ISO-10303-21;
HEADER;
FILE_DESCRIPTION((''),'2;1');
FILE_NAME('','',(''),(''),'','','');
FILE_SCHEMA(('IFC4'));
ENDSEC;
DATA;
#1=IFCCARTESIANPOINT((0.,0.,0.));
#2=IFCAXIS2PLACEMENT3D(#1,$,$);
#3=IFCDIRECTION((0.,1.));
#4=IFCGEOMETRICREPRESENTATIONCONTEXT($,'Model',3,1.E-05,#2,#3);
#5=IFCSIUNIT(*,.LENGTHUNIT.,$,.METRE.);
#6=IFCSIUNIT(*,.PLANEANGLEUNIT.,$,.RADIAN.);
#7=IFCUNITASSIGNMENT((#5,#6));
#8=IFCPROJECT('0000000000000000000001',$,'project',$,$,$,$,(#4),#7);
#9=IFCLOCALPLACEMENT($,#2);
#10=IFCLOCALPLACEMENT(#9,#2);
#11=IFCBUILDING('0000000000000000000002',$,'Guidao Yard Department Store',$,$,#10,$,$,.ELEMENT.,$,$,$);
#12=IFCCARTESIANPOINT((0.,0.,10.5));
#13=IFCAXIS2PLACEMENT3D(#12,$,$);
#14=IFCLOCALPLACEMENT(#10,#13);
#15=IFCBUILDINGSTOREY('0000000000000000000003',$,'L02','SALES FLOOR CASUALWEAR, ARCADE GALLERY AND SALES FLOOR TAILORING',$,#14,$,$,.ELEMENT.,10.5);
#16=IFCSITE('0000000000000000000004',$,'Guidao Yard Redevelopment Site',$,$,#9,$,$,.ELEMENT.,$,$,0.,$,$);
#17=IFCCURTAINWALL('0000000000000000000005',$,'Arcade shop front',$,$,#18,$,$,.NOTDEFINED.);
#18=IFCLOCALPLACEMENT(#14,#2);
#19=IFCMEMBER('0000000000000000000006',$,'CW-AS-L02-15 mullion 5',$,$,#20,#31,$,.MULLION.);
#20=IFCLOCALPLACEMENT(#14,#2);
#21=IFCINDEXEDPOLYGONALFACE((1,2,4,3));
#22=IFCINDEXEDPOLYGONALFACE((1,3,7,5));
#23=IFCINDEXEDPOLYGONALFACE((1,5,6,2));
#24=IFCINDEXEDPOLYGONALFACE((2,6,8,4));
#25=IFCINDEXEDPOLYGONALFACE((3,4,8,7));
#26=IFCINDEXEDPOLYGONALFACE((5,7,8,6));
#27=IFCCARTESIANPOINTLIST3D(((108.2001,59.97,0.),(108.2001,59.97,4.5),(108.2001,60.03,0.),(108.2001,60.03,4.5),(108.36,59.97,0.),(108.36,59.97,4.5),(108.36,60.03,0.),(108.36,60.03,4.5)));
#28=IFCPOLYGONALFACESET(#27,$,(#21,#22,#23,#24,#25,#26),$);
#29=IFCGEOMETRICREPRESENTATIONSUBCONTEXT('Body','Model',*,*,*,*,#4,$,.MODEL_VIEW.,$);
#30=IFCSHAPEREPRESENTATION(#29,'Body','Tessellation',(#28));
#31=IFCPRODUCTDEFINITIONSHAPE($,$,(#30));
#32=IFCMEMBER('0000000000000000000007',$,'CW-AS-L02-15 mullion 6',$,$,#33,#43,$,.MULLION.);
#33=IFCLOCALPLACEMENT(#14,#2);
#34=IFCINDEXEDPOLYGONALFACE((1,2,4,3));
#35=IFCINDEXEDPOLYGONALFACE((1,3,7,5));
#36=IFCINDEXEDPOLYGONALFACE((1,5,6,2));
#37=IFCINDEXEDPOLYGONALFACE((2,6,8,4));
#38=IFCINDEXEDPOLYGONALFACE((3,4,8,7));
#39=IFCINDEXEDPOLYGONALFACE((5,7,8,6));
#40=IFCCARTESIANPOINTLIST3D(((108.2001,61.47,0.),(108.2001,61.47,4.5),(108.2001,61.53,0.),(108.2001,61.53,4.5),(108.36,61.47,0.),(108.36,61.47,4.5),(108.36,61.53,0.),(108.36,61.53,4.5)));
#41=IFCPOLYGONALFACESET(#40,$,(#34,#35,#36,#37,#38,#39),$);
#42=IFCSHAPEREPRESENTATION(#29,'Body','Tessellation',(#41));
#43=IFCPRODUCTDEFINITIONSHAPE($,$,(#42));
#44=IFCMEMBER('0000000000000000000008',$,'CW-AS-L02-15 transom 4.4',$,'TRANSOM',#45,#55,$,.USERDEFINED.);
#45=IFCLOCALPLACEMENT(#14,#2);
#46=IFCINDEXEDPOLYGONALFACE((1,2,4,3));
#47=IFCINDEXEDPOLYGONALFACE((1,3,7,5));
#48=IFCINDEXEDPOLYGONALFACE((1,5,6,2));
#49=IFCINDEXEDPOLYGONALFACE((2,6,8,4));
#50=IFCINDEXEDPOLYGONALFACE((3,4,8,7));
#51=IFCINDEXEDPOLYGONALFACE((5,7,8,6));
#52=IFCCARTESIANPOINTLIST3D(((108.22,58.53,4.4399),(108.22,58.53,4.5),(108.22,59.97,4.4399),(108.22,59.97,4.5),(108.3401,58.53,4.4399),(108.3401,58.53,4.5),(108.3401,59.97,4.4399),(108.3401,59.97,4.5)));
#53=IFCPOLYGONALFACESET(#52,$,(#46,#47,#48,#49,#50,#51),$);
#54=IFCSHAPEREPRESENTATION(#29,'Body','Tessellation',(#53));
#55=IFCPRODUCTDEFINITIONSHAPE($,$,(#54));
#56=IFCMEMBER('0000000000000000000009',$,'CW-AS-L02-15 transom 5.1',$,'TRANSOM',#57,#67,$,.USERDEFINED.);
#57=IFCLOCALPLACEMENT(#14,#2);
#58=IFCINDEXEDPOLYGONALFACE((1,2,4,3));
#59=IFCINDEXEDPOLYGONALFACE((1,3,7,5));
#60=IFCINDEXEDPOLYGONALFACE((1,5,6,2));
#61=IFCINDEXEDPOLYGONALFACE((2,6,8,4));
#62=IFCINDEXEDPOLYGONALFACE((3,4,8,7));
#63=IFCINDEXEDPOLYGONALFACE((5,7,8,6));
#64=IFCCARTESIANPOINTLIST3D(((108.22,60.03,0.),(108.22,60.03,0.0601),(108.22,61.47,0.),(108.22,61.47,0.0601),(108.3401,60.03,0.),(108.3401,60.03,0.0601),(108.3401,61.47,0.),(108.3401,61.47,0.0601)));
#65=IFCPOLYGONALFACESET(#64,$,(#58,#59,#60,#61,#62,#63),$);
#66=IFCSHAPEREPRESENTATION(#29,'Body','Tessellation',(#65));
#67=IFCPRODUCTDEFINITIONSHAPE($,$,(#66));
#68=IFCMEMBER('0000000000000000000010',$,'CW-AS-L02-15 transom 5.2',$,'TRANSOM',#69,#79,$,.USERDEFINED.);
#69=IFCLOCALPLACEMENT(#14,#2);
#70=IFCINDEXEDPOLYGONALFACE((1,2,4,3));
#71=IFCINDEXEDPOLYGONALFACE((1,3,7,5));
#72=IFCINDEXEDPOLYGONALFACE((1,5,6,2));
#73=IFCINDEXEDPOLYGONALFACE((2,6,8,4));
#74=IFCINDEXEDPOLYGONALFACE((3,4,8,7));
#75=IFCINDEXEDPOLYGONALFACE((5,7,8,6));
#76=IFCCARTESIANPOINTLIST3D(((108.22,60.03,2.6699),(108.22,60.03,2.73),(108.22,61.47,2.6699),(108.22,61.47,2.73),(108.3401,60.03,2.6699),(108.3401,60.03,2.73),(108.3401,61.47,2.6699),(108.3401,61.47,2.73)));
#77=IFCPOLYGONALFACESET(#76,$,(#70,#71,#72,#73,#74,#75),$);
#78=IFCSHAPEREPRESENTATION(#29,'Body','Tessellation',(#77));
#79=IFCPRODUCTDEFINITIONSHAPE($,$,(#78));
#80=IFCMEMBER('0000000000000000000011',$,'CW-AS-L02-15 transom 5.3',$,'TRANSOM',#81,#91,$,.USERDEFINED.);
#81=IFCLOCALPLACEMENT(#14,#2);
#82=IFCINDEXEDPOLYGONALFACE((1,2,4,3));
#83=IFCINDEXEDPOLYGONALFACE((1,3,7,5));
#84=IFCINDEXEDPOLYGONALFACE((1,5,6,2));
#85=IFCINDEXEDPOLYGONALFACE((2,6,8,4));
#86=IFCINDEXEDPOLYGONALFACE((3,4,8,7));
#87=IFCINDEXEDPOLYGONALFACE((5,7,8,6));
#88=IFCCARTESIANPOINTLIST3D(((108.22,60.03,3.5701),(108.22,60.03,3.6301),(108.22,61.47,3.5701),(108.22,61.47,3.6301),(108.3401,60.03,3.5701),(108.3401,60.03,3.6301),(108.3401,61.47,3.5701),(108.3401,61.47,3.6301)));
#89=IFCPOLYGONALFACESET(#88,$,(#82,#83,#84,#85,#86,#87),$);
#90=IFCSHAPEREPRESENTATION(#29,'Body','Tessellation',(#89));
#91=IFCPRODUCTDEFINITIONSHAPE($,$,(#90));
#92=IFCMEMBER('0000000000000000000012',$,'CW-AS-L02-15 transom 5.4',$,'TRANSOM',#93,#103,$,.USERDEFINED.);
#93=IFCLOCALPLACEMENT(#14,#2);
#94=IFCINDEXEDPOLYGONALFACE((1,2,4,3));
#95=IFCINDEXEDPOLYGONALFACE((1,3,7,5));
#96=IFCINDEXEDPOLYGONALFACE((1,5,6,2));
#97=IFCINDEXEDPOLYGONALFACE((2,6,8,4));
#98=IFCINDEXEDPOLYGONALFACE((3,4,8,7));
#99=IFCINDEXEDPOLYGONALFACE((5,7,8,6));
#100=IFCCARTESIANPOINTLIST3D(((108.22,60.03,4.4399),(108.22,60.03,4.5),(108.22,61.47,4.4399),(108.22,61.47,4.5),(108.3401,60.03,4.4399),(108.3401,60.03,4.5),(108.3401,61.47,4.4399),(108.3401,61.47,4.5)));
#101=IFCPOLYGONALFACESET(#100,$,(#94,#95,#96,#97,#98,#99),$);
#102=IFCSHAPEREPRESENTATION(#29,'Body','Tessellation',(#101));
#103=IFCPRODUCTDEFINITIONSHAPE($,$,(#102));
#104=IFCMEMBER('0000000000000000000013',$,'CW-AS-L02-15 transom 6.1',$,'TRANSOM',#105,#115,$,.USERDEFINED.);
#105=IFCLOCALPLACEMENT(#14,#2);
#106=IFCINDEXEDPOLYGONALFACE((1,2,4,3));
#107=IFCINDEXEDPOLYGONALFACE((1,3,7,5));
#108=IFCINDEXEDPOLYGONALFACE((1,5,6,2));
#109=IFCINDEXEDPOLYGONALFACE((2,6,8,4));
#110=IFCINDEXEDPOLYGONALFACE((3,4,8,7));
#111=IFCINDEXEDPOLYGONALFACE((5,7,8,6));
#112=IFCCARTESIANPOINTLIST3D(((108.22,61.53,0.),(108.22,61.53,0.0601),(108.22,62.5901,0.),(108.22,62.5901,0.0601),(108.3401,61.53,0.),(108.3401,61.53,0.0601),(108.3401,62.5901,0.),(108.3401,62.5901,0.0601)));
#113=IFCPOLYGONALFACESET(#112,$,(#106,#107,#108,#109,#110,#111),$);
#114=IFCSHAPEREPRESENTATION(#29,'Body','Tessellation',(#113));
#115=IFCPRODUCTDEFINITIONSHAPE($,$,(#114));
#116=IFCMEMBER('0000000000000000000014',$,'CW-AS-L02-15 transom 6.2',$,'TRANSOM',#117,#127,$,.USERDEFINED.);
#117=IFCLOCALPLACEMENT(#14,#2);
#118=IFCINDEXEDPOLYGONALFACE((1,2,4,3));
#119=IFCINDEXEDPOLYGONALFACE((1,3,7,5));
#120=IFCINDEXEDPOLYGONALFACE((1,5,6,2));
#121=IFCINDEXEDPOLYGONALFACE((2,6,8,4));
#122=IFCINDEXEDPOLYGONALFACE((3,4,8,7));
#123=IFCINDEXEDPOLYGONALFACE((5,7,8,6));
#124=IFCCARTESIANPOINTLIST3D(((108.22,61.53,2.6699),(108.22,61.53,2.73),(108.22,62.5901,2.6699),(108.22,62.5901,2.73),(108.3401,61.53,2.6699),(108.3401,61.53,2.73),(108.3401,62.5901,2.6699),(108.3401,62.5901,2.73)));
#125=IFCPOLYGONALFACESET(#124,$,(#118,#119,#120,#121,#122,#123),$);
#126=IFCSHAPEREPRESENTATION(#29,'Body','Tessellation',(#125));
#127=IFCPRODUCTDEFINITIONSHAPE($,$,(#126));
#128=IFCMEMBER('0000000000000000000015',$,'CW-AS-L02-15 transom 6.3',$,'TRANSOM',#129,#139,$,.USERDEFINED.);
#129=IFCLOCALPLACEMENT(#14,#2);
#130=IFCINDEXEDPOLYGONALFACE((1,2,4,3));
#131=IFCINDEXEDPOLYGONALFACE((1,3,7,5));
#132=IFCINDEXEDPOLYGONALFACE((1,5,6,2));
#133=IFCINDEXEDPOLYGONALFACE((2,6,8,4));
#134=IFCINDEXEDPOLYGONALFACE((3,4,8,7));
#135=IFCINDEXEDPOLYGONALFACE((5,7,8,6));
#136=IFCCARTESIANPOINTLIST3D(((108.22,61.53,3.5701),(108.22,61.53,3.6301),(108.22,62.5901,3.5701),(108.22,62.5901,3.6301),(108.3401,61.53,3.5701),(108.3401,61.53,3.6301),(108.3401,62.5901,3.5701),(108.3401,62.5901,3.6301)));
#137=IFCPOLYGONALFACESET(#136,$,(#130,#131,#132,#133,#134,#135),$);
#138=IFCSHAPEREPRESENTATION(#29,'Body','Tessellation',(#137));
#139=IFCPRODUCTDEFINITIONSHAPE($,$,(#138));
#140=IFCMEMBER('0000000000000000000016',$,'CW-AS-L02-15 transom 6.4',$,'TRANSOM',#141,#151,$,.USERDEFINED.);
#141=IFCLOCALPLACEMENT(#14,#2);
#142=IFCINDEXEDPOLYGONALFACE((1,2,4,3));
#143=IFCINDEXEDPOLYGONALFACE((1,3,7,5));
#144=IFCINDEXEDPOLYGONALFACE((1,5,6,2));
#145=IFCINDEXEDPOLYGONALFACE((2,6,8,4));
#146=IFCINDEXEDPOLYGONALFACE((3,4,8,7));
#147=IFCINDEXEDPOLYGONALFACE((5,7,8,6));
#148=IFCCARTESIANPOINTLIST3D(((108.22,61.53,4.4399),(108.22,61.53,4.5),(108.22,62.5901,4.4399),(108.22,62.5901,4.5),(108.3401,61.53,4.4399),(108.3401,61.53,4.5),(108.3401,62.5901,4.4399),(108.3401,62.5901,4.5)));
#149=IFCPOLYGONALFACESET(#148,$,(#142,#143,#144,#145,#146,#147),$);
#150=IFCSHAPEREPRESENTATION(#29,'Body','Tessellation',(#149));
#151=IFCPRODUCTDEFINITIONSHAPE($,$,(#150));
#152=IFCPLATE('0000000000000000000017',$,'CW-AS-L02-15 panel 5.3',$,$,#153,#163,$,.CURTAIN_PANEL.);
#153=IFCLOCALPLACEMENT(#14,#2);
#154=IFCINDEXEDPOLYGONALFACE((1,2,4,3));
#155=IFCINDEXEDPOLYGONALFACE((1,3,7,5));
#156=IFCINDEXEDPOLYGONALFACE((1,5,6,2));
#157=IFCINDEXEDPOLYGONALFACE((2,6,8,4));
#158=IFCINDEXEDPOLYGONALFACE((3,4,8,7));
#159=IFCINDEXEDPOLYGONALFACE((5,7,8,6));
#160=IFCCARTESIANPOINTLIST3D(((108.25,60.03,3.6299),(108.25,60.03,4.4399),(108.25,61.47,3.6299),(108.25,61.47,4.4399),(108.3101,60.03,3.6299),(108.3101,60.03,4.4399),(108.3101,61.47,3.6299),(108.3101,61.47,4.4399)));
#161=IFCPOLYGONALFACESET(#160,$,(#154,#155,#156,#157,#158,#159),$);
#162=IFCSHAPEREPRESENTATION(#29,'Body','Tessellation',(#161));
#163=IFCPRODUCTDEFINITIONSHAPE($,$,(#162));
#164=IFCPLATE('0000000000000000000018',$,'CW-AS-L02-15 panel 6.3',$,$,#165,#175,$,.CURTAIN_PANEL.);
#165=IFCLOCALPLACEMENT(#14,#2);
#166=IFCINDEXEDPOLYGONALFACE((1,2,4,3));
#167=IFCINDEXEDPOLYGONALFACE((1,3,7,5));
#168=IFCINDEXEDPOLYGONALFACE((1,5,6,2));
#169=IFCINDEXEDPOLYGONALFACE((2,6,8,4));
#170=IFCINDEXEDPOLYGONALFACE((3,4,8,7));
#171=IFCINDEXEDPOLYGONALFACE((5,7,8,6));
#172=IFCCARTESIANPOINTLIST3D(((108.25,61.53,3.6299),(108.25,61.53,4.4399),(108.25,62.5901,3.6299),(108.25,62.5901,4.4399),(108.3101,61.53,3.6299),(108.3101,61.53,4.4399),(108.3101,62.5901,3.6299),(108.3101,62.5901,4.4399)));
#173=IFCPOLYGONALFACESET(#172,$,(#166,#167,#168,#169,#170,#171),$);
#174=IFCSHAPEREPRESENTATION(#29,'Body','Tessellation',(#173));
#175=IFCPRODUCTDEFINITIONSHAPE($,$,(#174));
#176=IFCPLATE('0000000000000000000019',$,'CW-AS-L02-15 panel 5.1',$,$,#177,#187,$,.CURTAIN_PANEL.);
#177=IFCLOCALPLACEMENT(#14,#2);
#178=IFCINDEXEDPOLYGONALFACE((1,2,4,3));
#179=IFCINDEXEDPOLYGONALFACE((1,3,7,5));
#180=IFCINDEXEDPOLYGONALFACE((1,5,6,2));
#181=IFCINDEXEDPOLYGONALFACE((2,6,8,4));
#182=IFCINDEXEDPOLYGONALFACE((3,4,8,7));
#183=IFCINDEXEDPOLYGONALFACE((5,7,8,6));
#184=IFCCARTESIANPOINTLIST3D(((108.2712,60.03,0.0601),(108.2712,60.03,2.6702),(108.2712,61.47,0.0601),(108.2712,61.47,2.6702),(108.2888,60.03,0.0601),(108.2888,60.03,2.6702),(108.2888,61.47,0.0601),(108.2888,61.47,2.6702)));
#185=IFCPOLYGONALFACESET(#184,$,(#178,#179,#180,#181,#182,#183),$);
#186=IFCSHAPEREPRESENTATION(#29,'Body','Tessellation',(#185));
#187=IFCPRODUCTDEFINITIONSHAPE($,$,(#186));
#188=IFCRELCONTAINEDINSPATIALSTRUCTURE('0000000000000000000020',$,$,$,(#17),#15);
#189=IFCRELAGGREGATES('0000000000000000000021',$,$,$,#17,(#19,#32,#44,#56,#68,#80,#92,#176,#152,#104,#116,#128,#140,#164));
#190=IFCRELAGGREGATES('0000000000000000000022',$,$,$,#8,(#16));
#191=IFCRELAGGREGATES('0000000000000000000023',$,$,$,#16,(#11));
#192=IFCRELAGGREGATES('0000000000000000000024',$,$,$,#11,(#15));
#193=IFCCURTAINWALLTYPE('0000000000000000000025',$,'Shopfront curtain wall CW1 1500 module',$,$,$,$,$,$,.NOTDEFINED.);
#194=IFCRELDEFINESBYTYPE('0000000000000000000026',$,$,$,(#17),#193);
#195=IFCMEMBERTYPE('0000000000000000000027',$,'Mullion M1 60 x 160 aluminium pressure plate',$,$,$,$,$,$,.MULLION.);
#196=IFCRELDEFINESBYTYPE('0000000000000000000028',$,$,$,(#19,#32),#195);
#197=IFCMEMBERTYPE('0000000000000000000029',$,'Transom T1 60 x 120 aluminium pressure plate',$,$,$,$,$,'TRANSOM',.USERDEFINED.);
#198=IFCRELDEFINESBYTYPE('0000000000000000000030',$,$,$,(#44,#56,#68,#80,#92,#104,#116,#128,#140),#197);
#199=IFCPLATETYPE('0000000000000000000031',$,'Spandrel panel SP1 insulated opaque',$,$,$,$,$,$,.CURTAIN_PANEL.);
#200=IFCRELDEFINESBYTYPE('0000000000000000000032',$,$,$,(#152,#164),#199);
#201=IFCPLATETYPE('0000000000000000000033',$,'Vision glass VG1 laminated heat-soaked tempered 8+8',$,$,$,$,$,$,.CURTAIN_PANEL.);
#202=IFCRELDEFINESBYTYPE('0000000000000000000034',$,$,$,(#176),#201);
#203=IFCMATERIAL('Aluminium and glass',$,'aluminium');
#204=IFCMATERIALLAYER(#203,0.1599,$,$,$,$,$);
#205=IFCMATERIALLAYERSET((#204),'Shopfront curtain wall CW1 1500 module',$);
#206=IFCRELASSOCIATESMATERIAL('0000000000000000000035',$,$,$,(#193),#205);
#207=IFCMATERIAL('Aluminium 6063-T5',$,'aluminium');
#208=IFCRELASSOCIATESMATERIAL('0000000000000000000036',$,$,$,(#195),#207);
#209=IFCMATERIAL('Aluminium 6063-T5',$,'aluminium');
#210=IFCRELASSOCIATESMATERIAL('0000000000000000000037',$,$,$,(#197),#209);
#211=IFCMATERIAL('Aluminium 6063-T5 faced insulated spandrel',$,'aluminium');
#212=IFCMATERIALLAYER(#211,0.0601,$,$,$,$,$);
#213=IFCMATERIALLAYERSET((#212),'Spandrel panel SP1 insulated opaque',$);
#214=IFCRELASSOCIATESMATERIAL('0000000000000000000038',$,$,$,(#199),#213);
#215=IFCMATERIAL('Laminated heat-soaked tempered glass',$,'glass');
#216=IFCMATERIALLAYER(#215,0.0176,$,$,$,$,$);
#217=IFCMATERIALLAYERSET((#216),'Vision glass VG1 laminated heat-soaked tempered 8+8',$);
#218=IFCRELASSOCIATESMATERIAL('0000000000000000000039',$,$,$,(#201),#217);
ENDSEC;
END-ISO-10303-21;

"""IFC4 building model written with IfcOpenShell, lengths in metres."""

from ifc_helpers import new_model, si_unit, direction, frame, origin, origin_2d, place, context, subcontext, project, spatial, rectangle, extrude, material, layer, layer_set, material_profile, profile_set, type_object, element, aggregate, save


model = new_model("IFC4")

# Units and contexts
model_context = context("Model", 3, precision=1e-05, world=origin(), true_north=direction((0.0, 1.0)))
body_context = subcontext(model_context, "Body", "Model", "MODEL_VIEW")
ifc_project = project(units=[si_unit("LENGTHUNIT", "METRE"), si_unit("PLANEANGLEUNIT", "RADIAN")], contexts=[model_context])

# Site, building, storey
site_placement = place(None, origin())
site = spatial("IfcSite", under=ifc_project, at=site_placement, Name="Guidao Yard Redevelopment Site", CompositionType="ELEMENT", RefElevation=0.0)
building_placement = place(site_placement, origin())
building = spatial("IfcBuilding", under=site, at=building_placement, Name="Guidao Yard Department Store", CompositionType="ELEMENT")
storey_placement = place(building_placement, frame((0.0, 0.0, 10.5)))
storey = spatial("IfcBuildingStorey", under=building, at=storey_placement, Name="L02", Description="SALES FLOOR CASUALWEAR, ARCADE GALLERY AND SALES FLOOR TAILORING", CompositionType="ELEMENT", Elevation=10.5)

# Curtain wall, members, plates
ifc_material_1 = material(Name="Aluminium and glass", Category="aluminium")
ifc_layer_1 = layer(ifc_material_1, 0.1599)
ifc_layer_set_1 = layer_set([ifc_layer_1], Name="Shopfront curtain wall CW1 1500 module")
curtain_wall_type = type_object("IfcCurtainWallType", Name="Shopfront curtain wall CW1 1500 module", PredefinedType="NOTDEFINED", material=ifc_layer_set_1)
curtain_wall_placement = place(storey_placement, origin())
curtain_wall = element("IfcCurtainWall", 1, at=curtain_wall_placement, inside=storey, type_object=curtain_wall_type, Name="Arcade shop front", PredefinedType="NOTDEFINED")
ifc_material_2 = material(Name="Aluminium 6063-T5", Category="aluminium")
ifc_material_profile_1 = material_profile(ifc_material_2, rectangle(XDim=0.0601, YDim=0.1599, at=origin_2d()), Name="Mullion M1 60 x 160 aluminium pressure plate")
ifc_profile_set_1 = profile_set([ifc_material_profile_1], Name="Aluminium 6063-T5")
member_type_1 = type_object("IfcMemberType", Name="Mullion M1 60 x 160 aluminium pressure plate", PredefinedType="MULLION", material=ifc_profile_set_1)
member_1_placement = place(storey_placement, frame((108.28, 60.0, 0.0), z_axis=(0.0, 0.0, 1.0), x_axis=(0.0, -1.0, 0.0)))
member_1 = element("IfcMember", 2, at=member_1_placement, type_object=member_type_1, Name="CW-AS-L02-15 mullion 5", PredefinedType="MULLION", context=body_context, shape_type="SweptSolid", body=[
    extrude(rectangle(XDim=0.0601, YDim=0.1599, at=origin_2d()), origin(), (0.0, 0.0, 1.0), 4.5),
])
member_2_placement = place(storey_placement, frame((108.28, 61.5, 0.0), z_axis=(0.0, 0.0, 1.0), x_axis=(0.0, -1.0, 0.0)))
member_2 = element("IfcMember", 3, at=member_2_placement, type_object=member_type_1, Name="CW-AS-L02-15 mullion 6", PredefinedType="MULLION", context=body_context, shape_type="SweptSolid", body=[
    extrude(rectangle(XDim=0.0601, YDim=0.1599, at=origin_2d()), origin(), (0.0, 0.0, 1.0), 4.5),
])
ifc_material_3 = material(Name="Aluminium 6063-T5", Category="aluminium")
ifc_material_profile_2 = material_profile(ifc_material_3, rectangle(XDim=0.1201, YDim=0.0601, at=origin_2d()), Name="Transom T1 60 x 120 aluminium pressure plate")
ifc_profile_set_2 = profile_set([ifc_material_profile_2], Name="Aluminium 6063-T5")
member_type_2 = type_object("IfcMemberType", Name="Transom T1 60 x 120 aluminium pressure plate", ElementType="TRANSOM", PredefinedType="USERDEFINED", material=ifc_profile_set_2)
member_3_placement = place(storey_placement, frame((108.28, 59.97, 4.47), z_axis=(0.0, -1.0, 0.0), x_axis=(1.0, 0.0, 0.0)))
member_3 = element("IfcMember", 4, at=member_3_placement, type_object=member_type_2, Name="CW-AS-L02-15 transom 4.4", ObjectType="TRANSOM", PredefinedType="USERDEFINED", context=body_context, shape_type="SweptSolid", body=[
    extrude(rectangle(XDim=0.1201, YDim=0.0601, at=origin_2d()), origin(), (0.0, 0.0, 1.0), 1.4399),
])
member_4_placement = place(storey_placement, frame((108.28, 61.47, 0.03), z_axis=(0.0, -1.0, 0.0), x_axis=(1.0, 0.0, 0.0)))
member_4 = element("IfcMember", 5, at=member_4_placement, type_object=member_type_2, Name="CW-AS-L02-15 transom 5.1", ObjectType="TRANSOM", PredefinedType="USERDEFINED", context=body_context, shape_type="SweptSolid", body=[
    extrude(rectangle(XDim=0.1201, YDim=0.0601, at=origin_2d()), origin(), (0.0, 0.0, 1.0), 1.4399),
])
member_5_placement = place(storey_placement, frame((108.28, 61.47, 2.7), z_axis=(0.0, -1.0, 0.0), x_axis=(1.0, 0.0, 0.0)))
member_5 = element("IfcMember", 6, at=member_5_placement, type_object=member_type_2, Name="CW-AS-L02-15 transom 5.2", ObjectType="TRANSOM", PredefinedType="USERDEFINED", context=body_context, shape_type="SweptSolid", body=[
    extrude(rectangle(XDim=0.1201, YDim=0.0601, at=origin_2d()), origin(), (0.0, 0.0, 1.0), 1.4399),
])
member_6_placement = place(storey_placement, frame((108.28, 61.47, 3.6001), z_axis=(0.0, -1.0, 0.0), x_axis=(1.0, 0.0, 0.0)))
member_6 = element("IfcMember", 7, at=member_6_placement, type_object=member_type_2, Name="CW-AS-L02-15 transom 5.3", ObjectType="TRANSOM", PredefinedType="USERDEFINED", context=body_context, shape_type="SweptSolid", body=[
    extrude(rectangle(XDim=0.1201, YDim=0.0601, at=origin_2d()), origin(), (0.0, 0.0, 1.0), 1.4399),
])
member_7_placement = place(storey_placement, frame((108.28, 61.47, 4.47), z_axis=(0.0, -1.0, 0.0), x_axis=(1.0, 0.0, 0.0)))
member_7 = element("IfcMember", 8, at=member_7_placement, type_object=member_type_2, Name="CW-AS-L02-15 transom 5.4", ObjectType="TRANSOM", PredefinedType="USERDEFINED", context=body_context, shape_type="SweptSolid", body=[
    extrude(rectangle(XDim=0.1201, YDim=0.0601, at=origin_2d()), origin(), (0.0, 0.0, 1.0), 1.4399),
])
member_8_placement = place(storey_placement, frame((108.28, 62.5901, 0.03), z_axis=(0.0, -1.0, 0.0), x_axis=(1.0, 0.0, 0.0)))
member_8 = element("IfcMember", 9, at=member_8_placement, type_object=member_type_2, Name="CW-AS-L02-15 transom 6.1", ObjectType="TRANSOM", PredefinedType="USERDEFINED", context=body_context, shape_type="SweptSolid", body=[
    extrude(rectangle(XDim=0.1201, YDim=0.0601, at=origin_2d()), origin(), (0.0, 0.0, 1.0), 1.0601),
])
member_9_placement = place(storey_placement, frame((108.28, 62.5901, 2.7), z_axis=(0.0, -1.0, 0.0), x_axis=(1.0, 0.0, 0.0)))
member_9 = element("IfcMember", 10, at=member_9_placement, type_object=member_type_2, Name="CW-AS-L02-15 transom 6.2", ObjectType="TRANSOM", PredefinedType="USERDEFINED", context=body_context, shape_type="SweptSolid", body=[
    extrude(rectangle(XDim=0.1201, YDim=0.0601, at=origin_2d()), origin(), (0.0, 0.0, 1.0), 1.0601),
])
member_10_placement = place(storey_placement, frame((108.28, 62.5901, 3.6001), z_axis=(0.0, -1.0, 0.0), x_axis=(1.0, 0.0, 0.0)))
member_10 = element("IfcMember", 11, at=member_10_placement, type_object=member_type_2, Name="CW-AS-L02-15 transom 6.3", ObjectType="TRANSOM", PredefinedType="USERDEFINED", context=body_context, shape_type="SweptSolid", body=[
    extrude(rectangle(XDim=0.1201, YDim=0.0601, at=origin_2d()), origin(), (0.0, 0.0, 1.0), 1.0601),
])
member_11_placement = place(storey_placement, frame((108.28, 62.5901, 4.47), z_axis=(0.0, -1.0, 0.0), x_axis=(1.0, 0.0, 0.0)))
member_11 = element("IfcMember", 12, at=member_11_placement, type_object=member_type_2, Name="CW-AS-L02-15 transom 6.4", ObjectType="TRANSOM", PredefinedType="USERDEFINED", context=body_context, shape_type="SweptSolid", body=[
    extrude(rectangle(XDim=0.1201, YDim=0.0601, at=origin_2d()), origin(), (0.0, 0.0, 1.0), 1.0601),
])
ifc_material_4 = material(Name="Aluminium 6063-T5 faced insulated spandrel", Category="aluminium")
ifc_layer_2 = layer(ifc_material_4, 0.0601)
ifc_layer_set_2 = layer_set([ifc_layer_2], Name="Spandrel panel SP1 insulated opaque")
plate_type_1 = type_object("IfcPlateType", Name="Spandrel panel SP1 insulated opaque", PredefinedType="CURTAIN_PANEL", material=ifc_layer_set_2)
plate_1_placement = place(storey_placement, frame((108.28, 60.75, 3.6299), z_axis=(0.0, 0.0, 1.0), x_axis=(0.0, -1.0, 0.0)))
plate_1 = element("IfcPlate", 13, at=plate_1_placement, type_object=plate_type_1, Name="CW-AS-L02-15 panel 5.3", PredefinedType="CURTAIN_PANEL", context=body_context, shape_type="SweptSolid", body=[
    extrude(rectangle(XDim=1.4399, YDim=0.0601, at=origin_2d()), origin(), (0.0, 0.0, 1.0), 0.8101),
])
plate_2_placement = place(storey_placement, frame((108.28, 62.0601, 3.6299), z_axis=(0.0, 0.0, 1.0), x_axis=(0.0, -1.0, 0.0)))
plate_2 = element("IfcPlate", 14, at=plate_2_placement, type_object=plate_type_1, Name="CW-AS-L02-15 panel 6.3", PredefinedType="CURTAIN_PANEL", context=body_context, shape_type="SweptSolid", body=[
    extrude(rectangle(XDim=1.0601, YDim=0.0601, at=origin_2d()), origin(), (0.0, 0.0, 1.0), 0.8101),
])
ifc_material_5 = material(Name="Laminated heat-soaked tempered glass", Category="glass")
ifc_layer_3 = layer(ifc_material_5, 0.0176)
ifc_layer_set_3 = layer_set([ifc_layer_3], Name="Vision glass VG1 laminated heat-soaked tempered 8+8")
plate_type_2 = type_object("IfcPlateType", Name="Vision glass VG1 laminated heat-soaked tempered 8+8", PredefinedType="CURTAIN_PANEL", material=ifc_layer_set_3)
plate_3_placement = place(storey_placement, frame((108.28, 60.75, 0.0601), z_axis=(0.0, 0.0, 1.0), x_axis=(0.0, -1.0, 0.0)))
plate_3 = element("IfcPlate", 15, at=plate_3_placement, type_object=plate_type_2, Name="CW-AS-L02-15 panel 5.1", PredefinedType="CURTAIN_PANEL", context=body_context, shape_type="SweptSolid", body=[
    extrude(rectangle(XDim=1.4399, YDim=0.0176, at=origin_2d()), origin(), (0.0, 0.0, 1.0), 2.6101),
])
aggregate(curtain_wall, [member_1, member_2, member_3, member_4, member_5, member_6, member_7, plate_3, plate_1, member_8, member_9, member_10, member_11, plate_2])

save(model, "model.ifc")
